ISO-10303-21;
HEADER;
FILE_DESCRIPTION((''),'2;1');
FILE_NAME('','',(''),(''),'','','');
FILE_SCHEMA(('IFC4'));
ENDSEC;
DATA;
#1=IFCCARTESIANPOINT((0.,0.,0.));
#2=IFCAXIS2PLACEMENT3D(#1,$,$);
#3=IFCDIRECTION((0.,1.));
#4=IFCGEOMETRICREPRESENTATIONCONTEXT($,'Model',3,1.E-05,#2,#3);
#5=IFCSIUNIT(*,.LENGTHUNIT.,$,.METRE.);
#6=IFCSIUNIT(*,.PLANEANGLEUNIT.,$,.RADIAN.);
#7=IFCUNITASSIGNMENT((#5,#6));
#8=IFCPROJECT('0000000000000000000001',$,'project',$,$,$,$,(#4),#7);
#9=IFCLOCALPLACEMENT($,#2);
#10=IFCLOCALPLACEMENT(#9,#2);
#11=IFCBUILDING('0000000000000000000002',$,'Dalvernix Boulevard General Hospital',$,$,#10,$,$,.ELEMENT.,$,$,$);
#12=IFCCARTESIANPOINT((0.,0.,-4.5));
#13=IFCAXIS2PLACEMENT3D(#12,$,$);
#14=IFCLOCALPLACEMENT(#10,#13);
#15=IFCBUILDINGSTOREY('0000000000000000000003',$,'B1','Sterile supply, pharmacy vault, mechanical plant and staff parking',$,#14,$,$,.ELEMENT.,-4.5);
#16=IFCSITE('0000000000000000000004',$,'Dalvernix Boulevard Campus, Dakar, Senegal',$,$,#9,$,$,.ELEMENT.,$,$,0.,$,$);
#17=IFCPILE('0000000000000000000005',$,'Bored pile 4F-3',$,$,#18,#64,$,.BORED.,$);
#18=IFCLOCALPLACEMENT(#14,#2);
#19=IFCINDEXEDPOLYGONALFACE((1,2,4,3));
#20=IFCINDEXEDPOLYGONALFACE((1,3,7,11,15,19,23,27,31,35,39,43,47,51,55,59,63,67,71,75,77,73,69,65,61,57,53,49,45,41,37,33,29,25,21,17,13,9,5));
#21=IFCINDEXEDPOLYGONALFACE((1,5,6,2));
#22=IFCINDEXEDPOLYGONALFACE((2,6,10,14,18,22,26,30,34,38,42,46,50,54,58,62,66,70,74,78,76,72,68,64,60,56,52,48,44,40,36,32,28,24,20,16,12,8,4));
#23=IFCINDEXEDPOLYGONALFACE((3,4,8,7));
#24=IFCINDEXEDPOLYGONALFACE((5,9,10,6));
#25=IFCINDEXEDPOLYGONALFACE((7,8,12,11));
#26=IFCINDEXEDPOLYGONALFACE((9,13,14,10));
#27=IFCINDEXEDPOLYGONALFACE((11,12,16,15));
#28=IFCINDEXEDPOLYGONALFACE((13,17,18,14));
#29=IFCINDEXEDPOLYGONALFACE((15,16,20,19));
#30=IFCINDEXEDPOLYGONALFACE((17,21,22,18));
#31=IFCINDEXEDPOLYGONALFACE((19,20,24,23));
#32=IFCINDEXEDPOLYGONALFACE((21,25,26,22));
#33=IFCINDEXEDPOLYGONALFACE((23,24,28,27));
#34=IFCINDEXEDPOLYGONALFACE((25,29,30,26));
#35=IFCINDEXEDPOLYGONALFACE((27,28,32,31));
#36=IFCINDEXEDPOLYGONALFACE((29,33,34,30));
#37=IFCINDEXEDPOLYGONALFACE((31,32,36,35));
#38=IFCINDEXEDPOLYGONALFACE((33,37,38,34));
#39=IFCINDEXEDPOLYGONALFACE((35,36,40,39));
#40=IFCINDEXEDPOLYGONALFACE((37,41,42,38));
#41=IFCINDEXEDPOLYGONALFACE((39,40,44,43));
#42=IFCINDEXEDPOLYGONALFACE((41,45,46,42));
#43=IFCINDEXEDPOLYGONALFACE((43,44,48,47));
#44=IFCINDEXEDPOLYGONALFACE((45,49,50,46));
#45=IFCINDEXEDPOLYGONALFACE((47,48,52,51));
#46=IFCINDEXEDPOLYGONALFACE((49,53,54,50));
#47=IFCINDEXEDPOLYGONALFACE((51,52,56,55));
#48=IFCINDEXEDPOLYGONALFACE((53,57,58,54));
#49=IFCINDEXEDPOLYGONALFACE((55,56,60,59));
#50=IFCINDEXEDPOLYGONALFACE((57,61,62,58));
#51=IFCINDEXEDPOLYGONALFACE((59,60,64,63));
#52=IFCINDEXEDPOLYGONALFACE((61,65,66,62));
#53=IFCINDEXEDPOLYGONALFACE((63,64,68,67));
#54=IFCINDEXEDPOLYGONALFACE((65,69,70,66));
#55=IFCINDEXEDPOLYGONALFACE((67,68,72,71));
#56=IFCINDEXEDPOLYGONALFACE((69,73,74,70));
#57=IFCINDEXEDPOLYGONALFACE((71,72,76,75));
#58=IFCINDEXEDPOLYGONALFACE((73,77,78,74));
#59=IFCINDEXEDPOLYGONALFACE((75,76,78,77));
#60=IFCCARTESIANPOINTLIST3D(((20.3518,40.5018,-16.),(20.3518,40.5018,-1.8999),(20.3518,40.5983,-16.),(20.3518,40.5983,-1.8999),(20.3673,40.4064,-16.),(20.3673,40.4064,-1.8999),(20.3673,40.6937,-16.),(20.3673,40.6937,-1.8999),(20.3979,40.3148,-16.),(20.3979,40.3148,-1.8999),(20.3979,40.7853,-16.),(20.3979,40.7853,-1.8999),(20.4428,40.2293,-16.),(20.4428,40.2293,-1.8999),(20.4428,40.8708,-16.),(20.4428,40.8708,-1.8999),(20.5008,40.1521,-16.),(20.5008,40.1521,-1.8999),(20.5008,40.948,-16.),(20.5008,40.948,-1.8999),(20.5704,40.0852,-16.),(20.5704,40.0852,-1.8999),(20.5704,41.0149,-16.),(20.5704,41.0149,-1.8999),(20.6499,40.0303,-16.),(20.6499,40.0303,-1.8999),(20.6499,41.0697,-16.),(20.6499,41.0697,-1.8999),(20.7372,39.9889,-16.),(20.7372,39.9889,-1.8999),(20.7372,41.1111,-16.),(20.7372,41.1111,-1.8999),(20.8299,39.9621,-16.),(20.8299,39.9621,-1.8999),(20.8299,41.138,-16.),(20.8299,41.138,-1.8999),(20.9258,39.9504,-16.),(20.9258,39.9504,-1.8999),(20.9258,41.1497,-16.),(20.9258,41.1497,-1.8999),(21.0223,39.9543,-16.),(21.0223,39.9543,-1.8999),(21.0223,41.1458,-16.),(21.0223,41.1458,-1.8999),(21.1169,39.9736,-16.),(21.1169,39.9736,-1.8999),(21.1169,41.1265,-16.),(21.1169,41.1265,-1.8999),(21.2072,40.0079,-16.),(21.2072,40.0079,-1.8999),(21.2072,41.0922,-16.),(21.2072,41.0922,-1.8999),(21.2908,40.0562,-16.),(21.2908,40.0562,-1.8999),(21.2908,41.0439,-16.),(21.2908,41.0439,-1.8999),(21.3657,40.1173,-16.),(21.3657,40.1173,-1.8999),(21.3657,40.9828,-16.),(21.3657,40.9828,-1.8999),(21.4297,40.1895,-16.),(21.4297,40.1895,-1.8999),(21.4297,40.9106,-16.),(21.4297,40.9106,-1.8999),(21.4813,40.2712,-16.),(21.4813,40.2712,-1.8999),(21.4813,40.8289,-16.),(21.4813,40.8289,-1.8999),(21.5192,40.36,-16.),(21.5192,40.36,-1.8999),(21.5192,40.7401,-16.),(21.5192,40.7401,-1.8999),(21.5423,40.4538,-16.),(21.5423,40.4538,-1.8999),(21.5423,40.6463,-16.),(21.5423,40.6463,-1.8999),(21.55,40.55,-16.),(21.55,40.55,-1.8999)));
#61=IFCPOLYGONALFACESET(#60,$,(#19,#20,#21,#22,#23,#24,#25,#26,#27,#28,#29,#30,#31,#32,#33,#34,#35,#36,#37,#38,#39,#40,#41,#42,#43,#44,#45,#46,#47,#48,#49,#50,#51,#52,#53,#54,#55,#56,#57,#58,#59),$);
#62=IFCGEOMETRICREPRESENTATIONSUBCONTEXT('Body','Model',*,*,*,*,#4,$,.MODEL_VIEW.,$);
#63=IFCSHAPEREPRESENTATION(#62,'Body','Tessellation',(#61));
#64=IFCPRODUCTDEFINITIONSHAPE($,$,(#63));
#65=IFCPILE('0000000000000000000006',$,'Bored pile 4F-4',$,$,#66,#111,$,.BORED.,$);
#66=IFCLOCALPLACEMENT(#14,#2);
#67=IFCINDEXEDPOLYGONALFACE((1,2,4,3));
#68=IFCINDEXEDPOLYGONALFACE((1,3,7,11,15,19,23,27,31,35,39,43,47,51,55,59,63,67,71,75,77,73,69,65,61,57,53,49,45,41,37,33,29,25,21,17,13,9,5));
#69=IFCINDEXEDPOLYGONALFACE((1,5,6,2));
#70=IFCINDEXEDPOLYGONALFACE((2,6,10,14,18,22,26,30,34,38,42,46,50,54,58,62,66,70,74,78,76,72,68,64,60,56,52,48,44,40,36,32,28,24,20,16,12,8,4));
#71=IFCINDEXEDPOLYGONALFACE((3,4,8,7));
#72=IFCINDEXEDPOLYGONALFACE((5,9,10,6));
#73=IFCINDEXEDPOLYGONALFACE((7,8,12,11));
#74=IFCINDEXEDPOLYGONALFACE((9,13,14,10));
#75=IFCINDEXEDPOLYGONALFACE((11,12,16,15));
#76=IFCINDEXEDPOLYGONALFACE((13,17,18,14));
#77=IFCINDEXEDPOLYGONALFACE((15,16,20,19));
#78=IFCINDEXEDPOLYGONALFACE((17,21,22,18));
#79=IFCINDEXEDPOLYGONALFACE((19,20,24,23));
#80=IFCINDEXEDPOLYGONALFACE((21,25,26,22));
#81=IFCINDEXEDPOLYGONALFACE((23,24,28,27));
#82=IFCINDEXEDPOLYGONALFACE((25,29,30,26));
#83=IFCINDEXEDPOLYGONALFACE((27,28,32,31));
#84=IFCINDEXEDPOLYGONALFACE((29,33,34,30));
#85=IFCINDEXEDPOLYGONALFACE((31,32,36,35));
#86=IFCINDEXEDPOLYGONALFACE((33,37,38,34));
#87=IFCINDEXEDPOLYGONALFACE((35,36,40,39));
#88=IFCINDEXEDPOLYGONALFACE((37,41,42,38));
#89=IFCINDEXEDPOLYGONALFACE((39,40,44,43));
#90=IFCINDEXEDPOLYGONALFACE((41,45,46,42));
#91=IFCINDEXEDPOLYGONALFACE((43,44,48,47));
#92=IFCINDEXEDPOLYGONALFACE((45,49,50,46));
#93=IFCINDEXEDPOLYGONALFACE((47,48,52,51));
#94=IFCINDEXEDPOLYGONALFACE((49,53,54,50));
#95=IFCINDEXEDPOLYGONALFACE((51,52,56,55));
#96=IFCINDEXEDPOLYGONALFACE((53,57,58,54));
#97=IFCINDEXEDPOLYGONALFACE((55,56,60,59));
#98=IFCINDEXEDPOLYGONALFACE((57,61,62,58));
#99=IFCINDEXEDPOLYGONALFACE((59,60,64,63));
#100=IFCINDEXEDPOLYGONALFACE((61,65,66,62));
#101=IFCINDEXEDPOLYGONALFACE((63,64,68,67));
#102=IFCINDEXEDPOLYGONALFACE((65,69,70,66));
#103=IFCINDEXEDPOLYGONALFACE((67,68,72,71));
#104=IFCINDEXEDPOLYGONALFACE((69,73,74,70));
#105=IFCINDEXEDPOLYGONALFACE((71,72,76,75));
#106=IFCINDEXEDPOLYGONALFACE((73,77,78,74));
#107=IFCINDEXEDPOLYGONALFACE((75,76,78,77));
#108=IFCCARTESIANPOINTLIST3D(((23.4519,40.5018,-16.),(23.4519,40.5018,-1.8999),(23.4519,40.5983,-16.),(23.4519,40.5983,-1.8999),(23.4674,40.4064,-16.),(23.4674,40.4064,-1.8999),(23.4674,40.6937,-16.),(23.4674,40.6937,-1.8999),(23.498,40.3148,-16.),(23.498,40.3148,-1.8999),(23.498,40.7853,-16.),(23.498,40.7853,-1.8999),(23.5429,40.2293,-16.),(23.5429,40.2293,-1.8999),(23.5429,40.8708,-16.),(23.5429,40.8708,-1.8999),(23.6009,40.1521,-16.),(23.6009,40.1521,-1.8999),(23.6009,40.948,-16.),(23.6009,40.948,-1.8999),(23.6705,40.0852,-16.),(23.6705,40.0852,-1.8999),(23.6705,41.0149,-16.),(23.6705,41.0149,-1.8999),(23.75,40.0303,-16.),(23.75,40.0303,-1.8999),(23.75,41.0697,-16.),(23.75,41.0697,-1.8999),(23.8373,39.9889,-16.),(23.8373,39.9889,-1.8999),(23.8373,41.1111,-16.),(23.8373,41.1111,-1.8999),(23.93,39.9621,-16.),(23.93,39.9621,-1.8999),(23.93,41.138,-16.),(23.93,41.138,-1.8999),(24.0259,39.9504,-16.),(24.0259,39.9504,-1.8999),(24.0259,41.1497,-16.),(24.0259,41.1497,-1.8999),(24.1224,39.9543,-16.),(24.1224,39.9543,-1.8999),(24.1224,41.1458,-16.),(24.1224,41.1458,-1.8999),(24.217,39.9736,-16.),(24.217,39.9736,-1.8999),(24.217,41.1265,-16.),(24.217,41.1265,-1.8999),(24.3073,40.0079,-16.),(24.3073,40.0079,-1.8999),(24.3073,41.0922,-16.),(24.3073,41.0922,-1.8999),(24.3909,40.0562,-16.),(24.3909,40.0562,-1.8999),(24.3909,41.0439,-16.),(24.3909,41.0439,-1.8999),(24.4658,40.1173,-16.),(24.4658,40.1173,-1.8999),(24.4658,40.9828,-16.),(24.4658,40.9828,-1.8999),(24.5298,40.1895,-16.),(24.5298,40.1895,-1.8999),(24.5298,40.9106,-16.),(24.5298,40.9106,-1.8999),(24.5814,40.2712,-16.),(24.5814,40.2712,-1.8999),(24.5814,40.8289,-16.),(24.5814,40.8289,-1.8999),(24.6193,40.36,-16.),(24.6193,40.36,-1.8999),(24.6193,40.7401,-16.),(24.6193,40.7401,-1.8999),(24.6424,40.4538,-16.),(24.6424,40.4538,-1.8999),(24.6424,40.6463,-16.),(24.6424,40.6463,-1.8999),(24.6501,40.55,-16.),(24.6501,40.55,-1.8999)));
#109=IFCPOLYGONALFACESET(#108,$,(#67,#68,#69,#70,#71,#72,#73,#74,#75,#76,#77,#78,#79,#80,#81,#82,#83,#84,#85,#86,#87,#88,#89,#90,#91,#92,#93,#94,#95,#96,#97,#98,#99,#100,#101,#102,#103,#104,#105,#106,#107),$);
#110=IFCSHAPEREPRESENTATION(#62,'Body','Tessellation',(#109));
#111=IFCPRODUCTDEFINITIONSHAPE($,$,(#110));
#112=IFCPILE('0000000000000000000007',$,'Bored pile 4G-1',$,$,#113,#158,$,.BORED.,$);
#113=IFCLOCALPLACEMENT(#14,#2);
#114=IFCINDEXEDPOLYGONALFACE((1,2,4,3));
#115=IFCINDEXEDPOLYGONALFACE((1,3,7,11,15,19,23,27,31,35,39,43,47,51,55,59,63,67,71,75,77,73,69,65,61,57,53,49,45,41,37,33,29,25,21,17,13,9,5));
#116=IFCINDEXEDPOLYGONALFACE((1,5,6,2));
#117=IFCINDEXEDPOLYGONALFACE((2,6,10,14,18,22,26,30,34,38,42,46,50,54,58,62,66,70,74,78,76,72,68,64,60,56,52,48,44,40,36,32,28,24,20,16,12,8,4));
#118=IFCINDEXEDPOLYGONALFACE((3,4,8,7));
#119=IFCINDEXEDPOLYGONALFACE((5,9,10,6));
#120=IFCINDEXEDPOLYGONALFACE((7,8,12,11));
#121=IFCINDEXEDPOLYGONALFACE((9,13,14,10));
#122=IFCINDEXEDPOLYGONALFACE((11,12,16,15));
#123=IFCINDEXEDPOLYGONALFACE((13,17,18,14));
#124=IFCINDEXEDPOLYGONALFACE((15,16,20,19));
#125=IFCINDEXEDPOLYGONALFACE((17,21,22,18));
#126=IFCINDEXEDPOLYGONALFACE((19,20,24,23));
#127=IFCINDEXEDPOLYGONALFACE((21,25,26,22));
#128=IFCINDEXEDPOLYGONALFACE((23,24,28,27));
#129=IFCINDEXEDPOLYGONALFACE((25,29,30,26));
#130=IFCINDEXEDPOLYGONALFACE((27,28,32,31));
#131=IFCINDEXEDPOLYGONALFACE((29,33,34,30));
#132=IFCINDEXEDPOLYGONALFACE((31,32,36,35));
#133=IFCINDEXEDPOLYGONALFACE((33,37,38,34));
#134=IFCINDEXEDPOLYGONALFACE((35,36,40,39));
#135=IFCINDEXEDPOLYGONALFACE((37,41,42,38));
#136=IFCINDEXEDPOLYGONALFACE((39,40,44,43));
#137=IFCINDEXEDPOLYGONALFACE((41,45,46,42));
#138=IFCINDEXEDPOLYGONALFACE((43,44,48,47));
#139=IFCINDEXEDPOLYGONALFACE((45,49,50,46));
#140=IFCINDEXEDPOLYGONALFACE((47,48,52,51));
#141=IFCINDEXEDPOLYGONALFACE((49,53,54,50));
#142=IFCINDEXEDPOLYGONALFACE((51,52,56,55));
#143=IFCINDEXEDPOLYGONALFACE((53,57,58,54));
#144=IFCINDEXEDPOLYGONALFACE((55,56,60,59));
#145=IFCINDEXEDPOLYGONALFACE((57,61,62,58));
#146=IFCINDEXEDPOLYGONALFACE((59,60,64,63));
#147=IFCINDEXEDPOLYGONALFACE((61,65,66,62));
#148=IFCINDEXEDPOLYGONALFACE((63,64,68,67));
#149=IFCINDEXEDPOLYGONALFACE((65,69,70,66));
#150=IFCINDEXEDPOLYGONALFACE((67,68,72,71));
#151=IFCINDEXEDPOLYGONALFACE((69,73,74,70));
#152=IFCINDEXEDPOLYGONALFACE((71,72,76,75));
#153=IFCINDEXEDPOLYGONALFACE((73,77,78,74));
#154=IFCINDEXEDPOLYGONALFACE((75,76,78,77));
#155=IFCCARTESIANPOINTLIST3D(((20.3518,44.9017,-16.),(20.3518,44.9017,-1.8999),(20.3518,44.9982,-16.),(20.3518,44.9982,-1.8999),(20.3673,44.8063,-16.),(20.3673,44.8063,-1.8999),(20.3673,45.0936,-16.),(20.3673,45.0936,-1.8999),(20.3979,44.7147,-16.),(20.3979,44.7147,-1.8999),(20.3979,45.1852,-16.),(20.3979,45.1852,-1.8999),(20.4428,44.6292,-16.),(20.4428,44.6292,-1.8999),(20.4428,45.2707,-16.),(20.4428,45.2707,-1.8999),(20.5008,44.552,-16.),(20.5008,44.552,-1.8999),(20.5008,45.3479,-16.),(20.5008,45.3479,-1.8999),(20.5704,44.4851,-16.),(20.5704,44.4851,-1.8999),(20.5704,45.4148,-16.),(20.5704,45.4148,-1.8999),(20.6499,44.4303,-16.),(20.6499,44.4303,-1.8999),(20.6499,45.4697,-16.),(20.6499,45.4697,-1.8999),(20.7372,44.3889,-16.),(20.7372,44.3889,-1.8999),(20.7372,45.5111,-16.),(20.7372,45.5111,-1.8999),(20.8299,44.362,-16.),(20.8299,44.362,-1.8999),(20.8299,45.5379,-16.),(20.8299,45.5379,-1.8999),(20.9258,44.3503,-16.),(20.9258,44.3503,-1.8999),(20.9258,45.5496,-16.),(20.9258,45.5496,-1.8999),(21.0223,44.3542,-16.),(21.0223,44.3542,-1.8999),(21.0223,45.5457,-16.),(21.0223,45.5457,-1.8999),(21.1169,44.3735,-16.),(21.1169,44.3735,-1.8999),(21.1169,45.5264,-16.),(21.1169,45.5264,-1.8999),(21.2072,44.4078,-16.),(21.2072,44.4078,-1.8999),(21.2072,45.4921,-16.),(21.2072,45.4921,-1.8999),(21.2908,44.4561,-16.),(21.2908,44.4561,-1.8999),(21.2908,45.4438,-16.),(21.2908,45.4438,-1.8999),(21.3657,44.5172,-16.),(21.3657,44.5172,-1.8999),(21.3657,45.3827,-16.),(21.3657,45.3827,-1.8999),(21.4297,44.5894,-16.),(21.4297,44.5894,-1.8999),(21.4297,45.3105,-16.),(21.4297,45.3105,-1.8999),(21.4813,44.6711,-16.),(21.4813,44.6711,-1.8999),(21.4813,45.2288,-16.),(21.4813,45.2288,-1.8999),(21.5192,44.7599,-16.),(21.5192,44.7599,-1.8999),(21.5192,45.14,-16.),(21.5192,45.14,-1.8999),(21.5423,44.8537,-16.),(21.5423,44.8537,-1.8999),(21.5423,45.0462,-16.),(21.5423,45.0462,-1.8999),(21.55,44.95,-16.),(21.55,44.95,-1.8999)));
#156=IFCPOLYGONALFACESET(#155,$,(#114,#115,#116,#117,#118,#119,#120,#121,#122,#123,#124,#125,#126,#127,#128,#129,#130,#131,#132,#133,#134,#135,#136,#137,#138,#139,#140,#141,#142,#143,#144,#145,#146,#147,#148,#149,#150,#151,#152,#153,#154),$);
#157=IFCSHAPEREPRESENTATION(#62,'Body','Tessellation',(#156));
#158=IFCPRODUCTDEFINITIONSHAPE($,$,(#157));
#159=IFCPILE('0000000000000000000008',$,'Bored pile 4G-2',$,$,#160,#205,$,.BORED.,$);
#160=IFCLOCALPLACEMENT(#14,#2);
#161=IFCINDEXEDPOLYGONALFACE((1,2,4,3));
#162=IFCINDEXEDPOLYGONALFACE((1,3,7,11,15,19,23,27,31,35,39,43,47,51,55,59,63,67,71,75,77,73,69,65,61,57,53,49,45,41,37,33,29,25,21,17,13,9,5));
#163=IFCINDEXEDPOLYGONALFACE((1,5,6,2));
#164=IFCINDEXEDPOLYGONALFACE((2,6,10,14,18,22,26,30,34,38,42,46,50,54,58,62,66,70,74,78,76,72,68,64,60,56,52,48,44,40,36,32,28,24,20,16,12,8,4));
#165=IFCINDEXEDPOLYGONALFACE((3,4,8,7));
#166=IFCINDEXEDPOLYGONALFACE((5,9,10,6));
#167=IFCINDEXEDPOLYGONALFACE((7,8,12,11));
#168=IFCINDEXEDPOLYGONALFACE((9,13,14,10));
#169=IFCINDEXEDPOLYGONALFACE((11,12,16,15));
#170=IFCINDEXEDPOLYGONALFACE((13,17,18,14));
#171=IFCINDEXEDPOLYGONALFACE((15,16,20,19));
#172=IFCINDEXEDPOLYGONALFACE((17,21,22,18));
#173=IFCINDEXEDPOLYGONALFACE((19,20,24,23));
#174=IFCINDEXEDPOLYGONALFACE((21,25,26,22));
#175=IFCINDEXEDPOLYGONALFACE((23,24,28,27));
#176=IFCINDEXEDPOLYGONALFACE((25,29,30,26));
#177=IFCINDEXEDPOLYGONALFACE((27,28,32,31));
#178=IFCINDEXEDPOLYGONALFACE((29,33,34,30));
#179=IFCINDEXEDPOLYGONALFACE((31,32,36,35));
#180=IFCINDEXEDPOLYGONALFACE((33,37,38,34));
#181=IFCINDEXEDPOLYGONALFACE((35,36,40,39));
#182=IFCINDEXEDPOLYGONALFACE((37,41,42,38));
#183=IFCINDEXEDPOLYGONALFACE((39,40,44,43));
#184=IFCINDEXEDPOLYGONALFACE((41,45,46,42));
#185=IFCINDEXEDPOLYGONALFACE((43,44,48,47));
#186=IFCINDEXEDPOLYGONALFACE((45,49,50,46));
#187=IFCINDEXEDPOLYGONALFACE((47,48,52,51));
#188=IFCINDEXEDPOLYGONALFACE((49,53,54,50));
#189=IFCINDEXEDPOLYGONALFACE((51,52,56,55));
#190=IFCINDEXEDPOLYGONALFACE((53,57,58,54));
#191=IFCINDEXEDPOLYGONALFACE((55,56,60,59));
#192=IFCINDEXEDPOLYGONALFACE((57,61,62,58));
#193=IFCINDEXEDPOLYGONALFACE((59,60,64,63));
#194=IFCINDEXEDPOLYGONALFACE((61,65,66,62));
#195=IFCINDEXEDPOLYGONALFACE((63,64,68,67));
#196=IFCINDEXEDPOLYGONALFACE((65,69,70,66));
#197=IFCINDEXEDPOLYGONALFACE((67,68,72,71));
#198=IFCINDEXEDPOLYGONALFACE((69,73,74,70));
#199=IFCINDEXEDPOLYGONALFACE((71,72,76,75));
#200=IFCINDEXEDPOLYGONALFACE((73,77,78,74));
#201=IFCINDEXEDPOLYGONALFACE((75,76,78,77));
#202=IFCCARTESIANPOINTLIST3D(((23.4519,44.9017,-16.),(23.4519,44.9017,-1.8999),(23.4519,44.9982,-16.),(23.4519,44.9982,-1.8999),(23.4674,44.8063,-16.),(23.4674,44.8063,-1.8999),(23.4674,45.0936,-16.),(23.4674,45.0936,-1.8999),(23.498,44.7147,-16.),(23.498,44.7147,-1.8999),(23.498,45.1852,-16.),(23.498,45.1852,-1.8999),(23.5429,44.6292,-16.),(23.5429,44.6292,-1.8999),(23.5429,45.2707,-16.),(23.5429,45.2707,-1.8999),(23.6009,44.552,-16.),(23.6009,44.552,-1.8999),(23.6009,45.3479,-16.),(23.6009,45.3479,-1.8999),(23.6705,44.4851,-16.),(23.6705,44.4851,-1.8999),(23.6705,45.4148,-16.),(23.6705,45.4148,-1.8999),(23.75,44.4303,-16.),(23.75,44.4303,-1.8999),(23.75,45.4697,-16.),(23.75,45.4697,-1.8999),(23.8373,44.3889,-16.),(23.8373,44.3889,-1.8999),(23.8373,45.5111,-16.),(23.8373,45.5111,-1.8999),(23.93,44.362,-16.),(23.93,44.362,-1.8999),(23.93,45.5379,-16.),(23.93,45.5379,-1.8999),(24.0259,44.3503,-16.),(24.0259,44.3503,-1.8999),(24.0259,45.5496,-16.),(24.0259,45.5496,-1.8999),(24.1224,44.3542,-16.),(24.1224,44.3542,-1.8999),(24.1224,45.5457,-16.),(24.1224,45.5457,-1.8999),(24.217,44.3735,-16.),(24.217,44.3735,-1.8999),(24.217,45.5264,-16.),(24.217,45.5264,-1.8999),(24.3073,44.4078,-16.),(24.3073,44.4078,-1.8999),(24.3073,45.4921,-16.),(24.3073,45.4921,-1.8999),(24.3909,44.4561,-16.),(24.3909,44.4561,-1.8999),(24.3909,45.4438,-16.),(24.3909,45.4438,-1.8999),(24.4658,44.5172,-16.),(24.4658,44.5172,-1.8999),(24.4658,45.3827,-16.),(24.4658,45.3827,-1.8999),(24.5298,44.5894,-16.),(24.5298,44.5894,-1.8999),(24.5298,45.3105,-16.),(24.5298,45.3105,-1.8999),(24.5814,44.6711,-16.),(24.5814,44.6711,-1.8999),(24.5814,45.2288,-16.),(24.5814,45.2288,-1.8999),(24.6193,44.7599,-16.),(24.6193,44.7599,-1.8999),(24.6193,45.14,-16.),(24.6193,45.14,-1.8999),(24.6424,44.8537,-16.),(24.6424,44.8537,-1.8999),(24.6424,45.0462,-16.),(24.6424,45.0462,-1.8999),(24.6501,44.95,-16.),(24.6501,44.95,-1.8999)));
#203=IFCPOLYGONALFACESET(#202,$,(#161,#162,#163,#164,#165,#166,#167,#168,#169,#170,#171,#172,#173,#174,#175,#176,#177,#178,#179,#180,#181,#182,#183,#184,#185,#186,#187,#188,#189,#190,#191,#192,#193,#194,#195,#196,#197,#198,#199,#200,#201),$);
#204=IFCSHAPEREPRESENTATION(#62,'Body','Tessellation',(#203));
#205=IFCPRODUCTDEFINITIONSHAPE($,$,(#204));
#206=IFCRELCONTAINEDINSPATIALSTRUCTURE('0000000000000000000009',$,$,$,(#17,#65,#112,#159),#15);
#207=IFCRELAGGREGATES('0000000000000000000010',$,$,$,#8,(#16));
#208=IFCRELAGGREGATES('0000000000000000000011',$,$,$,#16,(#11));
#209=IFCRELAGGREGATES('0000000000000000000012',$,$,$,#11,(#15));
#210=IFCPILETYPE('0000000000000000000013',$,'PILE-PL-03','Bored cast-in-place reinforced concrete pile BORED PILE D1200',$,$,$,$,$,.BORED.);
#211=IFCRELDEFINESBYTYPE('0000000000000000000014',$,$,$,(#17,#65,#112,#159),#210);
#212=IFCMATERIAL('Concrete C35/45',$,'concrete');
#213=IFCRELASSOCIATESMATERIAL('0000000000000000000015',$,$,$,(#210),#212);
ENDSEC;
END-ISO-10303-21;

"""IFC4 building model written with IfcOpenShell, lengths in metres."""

from ifc_helpers import new_model, si_unit, direction, frame, origin, origin_2d, place, context, subcontext, project, spatial, circle, extrude, material, material_profile, profile_set, type_object, element, save


model = new_model("IFC4")

# Units and contexts
model_context = context("Model", 3, precision=1e-05, world=origin(), true_north=direction((0.0, 1.0)))
body_context = subcontext(model_context, "Body", "Model", "MODEL_VIEW")
ifc_project = project(units=[si_unit("LENGTHUNIT", "METRE"), si_unit("PLANEANGLEUNIT", "RADIAN")], contexts=[model_context])

# Site, building, storey
site_placement = place(None, origin())
site = spatial("IfcSite", under=ifc_project, at=site_placement, Name="Dalvernix Boulevard Campus, Dakar, Senegal", CompositionType="ELEMENT", RefElevation=0.0)
building_placement = place(site_placement, origin())
building = spatial("IfcBuilding", under=site, at=building_placement, Name="Dalvernix Boulevard General Hospital", CompositionType="ELEMENT")
storey_placement = place(building_placement, frame((0.0, 0.0, -4.5)))
storey = spatial("IfcBuildingStorey", under=building, at=storey_placement, Name="B1", Description="Sterile supply, pharmacy vault, mechanical plant and staff parking", CompositionType="ELEMENT", Elevation=-4.5)

# Shared definitions
ifc_material_1 = material(Name="Concrete C35/45", Category="concrete")

# Piles
ifc_material_profile_1 = material_profile(ifc_material_1, circle(Radius=0.6001, at=origin_2d()), Name="BORED PILE D1200")
ifc_profile_set_1 = profile_set([ifc_material_profile_1], Name="Concrete C35/45")
pile_type = type_object("IfcPileType", Name="PILE-PL-03", Description="Bored cast-in-place reinforced concrete pile BORED PILE D1200", PredefinedType="BORED", material=ifc_profile_set_1)
for number, where, z_axis, x_axis, name in (
    (1, (20.95, 40.55, -1.8999), (0.0, 0.0, -1.0), (1.0, 0.0, 0.0), "Bored pile 4F-3"),
    (2, (24.05, 40.55, -1.8999), (0.0, 0.0, -1.0), (1.0, 0.0, 0.0), "Bored pile 4F-4"),
    (3, (20.95, 44.95, -1.8999), (0.0, 0.0, -1.0), (1.0, 0.0, 0.0), "Bored pile 4G-1"),
    (4, (24.05, 44.95, -1.8999), (0.0, 0.0, -1.0), (1.0, 0.0, 0.0), "Bored pile 4G-2"),
):
    element("IfcPile", number, at=place(storey_placement, frame(where, z_axis=z_axis, x_axis=x_axis)), inside=storey, type_object=pile_type, Name=name, PredefinedType="BORED", context=body_context, shape_type="SweptSolid", body=[
        extrude(circle(Radius=0.6001, at=origin_2d()), origin(), (0.0, 0.0, 1.0), 14.1001),
    ])

save(model, "model.ifc")
